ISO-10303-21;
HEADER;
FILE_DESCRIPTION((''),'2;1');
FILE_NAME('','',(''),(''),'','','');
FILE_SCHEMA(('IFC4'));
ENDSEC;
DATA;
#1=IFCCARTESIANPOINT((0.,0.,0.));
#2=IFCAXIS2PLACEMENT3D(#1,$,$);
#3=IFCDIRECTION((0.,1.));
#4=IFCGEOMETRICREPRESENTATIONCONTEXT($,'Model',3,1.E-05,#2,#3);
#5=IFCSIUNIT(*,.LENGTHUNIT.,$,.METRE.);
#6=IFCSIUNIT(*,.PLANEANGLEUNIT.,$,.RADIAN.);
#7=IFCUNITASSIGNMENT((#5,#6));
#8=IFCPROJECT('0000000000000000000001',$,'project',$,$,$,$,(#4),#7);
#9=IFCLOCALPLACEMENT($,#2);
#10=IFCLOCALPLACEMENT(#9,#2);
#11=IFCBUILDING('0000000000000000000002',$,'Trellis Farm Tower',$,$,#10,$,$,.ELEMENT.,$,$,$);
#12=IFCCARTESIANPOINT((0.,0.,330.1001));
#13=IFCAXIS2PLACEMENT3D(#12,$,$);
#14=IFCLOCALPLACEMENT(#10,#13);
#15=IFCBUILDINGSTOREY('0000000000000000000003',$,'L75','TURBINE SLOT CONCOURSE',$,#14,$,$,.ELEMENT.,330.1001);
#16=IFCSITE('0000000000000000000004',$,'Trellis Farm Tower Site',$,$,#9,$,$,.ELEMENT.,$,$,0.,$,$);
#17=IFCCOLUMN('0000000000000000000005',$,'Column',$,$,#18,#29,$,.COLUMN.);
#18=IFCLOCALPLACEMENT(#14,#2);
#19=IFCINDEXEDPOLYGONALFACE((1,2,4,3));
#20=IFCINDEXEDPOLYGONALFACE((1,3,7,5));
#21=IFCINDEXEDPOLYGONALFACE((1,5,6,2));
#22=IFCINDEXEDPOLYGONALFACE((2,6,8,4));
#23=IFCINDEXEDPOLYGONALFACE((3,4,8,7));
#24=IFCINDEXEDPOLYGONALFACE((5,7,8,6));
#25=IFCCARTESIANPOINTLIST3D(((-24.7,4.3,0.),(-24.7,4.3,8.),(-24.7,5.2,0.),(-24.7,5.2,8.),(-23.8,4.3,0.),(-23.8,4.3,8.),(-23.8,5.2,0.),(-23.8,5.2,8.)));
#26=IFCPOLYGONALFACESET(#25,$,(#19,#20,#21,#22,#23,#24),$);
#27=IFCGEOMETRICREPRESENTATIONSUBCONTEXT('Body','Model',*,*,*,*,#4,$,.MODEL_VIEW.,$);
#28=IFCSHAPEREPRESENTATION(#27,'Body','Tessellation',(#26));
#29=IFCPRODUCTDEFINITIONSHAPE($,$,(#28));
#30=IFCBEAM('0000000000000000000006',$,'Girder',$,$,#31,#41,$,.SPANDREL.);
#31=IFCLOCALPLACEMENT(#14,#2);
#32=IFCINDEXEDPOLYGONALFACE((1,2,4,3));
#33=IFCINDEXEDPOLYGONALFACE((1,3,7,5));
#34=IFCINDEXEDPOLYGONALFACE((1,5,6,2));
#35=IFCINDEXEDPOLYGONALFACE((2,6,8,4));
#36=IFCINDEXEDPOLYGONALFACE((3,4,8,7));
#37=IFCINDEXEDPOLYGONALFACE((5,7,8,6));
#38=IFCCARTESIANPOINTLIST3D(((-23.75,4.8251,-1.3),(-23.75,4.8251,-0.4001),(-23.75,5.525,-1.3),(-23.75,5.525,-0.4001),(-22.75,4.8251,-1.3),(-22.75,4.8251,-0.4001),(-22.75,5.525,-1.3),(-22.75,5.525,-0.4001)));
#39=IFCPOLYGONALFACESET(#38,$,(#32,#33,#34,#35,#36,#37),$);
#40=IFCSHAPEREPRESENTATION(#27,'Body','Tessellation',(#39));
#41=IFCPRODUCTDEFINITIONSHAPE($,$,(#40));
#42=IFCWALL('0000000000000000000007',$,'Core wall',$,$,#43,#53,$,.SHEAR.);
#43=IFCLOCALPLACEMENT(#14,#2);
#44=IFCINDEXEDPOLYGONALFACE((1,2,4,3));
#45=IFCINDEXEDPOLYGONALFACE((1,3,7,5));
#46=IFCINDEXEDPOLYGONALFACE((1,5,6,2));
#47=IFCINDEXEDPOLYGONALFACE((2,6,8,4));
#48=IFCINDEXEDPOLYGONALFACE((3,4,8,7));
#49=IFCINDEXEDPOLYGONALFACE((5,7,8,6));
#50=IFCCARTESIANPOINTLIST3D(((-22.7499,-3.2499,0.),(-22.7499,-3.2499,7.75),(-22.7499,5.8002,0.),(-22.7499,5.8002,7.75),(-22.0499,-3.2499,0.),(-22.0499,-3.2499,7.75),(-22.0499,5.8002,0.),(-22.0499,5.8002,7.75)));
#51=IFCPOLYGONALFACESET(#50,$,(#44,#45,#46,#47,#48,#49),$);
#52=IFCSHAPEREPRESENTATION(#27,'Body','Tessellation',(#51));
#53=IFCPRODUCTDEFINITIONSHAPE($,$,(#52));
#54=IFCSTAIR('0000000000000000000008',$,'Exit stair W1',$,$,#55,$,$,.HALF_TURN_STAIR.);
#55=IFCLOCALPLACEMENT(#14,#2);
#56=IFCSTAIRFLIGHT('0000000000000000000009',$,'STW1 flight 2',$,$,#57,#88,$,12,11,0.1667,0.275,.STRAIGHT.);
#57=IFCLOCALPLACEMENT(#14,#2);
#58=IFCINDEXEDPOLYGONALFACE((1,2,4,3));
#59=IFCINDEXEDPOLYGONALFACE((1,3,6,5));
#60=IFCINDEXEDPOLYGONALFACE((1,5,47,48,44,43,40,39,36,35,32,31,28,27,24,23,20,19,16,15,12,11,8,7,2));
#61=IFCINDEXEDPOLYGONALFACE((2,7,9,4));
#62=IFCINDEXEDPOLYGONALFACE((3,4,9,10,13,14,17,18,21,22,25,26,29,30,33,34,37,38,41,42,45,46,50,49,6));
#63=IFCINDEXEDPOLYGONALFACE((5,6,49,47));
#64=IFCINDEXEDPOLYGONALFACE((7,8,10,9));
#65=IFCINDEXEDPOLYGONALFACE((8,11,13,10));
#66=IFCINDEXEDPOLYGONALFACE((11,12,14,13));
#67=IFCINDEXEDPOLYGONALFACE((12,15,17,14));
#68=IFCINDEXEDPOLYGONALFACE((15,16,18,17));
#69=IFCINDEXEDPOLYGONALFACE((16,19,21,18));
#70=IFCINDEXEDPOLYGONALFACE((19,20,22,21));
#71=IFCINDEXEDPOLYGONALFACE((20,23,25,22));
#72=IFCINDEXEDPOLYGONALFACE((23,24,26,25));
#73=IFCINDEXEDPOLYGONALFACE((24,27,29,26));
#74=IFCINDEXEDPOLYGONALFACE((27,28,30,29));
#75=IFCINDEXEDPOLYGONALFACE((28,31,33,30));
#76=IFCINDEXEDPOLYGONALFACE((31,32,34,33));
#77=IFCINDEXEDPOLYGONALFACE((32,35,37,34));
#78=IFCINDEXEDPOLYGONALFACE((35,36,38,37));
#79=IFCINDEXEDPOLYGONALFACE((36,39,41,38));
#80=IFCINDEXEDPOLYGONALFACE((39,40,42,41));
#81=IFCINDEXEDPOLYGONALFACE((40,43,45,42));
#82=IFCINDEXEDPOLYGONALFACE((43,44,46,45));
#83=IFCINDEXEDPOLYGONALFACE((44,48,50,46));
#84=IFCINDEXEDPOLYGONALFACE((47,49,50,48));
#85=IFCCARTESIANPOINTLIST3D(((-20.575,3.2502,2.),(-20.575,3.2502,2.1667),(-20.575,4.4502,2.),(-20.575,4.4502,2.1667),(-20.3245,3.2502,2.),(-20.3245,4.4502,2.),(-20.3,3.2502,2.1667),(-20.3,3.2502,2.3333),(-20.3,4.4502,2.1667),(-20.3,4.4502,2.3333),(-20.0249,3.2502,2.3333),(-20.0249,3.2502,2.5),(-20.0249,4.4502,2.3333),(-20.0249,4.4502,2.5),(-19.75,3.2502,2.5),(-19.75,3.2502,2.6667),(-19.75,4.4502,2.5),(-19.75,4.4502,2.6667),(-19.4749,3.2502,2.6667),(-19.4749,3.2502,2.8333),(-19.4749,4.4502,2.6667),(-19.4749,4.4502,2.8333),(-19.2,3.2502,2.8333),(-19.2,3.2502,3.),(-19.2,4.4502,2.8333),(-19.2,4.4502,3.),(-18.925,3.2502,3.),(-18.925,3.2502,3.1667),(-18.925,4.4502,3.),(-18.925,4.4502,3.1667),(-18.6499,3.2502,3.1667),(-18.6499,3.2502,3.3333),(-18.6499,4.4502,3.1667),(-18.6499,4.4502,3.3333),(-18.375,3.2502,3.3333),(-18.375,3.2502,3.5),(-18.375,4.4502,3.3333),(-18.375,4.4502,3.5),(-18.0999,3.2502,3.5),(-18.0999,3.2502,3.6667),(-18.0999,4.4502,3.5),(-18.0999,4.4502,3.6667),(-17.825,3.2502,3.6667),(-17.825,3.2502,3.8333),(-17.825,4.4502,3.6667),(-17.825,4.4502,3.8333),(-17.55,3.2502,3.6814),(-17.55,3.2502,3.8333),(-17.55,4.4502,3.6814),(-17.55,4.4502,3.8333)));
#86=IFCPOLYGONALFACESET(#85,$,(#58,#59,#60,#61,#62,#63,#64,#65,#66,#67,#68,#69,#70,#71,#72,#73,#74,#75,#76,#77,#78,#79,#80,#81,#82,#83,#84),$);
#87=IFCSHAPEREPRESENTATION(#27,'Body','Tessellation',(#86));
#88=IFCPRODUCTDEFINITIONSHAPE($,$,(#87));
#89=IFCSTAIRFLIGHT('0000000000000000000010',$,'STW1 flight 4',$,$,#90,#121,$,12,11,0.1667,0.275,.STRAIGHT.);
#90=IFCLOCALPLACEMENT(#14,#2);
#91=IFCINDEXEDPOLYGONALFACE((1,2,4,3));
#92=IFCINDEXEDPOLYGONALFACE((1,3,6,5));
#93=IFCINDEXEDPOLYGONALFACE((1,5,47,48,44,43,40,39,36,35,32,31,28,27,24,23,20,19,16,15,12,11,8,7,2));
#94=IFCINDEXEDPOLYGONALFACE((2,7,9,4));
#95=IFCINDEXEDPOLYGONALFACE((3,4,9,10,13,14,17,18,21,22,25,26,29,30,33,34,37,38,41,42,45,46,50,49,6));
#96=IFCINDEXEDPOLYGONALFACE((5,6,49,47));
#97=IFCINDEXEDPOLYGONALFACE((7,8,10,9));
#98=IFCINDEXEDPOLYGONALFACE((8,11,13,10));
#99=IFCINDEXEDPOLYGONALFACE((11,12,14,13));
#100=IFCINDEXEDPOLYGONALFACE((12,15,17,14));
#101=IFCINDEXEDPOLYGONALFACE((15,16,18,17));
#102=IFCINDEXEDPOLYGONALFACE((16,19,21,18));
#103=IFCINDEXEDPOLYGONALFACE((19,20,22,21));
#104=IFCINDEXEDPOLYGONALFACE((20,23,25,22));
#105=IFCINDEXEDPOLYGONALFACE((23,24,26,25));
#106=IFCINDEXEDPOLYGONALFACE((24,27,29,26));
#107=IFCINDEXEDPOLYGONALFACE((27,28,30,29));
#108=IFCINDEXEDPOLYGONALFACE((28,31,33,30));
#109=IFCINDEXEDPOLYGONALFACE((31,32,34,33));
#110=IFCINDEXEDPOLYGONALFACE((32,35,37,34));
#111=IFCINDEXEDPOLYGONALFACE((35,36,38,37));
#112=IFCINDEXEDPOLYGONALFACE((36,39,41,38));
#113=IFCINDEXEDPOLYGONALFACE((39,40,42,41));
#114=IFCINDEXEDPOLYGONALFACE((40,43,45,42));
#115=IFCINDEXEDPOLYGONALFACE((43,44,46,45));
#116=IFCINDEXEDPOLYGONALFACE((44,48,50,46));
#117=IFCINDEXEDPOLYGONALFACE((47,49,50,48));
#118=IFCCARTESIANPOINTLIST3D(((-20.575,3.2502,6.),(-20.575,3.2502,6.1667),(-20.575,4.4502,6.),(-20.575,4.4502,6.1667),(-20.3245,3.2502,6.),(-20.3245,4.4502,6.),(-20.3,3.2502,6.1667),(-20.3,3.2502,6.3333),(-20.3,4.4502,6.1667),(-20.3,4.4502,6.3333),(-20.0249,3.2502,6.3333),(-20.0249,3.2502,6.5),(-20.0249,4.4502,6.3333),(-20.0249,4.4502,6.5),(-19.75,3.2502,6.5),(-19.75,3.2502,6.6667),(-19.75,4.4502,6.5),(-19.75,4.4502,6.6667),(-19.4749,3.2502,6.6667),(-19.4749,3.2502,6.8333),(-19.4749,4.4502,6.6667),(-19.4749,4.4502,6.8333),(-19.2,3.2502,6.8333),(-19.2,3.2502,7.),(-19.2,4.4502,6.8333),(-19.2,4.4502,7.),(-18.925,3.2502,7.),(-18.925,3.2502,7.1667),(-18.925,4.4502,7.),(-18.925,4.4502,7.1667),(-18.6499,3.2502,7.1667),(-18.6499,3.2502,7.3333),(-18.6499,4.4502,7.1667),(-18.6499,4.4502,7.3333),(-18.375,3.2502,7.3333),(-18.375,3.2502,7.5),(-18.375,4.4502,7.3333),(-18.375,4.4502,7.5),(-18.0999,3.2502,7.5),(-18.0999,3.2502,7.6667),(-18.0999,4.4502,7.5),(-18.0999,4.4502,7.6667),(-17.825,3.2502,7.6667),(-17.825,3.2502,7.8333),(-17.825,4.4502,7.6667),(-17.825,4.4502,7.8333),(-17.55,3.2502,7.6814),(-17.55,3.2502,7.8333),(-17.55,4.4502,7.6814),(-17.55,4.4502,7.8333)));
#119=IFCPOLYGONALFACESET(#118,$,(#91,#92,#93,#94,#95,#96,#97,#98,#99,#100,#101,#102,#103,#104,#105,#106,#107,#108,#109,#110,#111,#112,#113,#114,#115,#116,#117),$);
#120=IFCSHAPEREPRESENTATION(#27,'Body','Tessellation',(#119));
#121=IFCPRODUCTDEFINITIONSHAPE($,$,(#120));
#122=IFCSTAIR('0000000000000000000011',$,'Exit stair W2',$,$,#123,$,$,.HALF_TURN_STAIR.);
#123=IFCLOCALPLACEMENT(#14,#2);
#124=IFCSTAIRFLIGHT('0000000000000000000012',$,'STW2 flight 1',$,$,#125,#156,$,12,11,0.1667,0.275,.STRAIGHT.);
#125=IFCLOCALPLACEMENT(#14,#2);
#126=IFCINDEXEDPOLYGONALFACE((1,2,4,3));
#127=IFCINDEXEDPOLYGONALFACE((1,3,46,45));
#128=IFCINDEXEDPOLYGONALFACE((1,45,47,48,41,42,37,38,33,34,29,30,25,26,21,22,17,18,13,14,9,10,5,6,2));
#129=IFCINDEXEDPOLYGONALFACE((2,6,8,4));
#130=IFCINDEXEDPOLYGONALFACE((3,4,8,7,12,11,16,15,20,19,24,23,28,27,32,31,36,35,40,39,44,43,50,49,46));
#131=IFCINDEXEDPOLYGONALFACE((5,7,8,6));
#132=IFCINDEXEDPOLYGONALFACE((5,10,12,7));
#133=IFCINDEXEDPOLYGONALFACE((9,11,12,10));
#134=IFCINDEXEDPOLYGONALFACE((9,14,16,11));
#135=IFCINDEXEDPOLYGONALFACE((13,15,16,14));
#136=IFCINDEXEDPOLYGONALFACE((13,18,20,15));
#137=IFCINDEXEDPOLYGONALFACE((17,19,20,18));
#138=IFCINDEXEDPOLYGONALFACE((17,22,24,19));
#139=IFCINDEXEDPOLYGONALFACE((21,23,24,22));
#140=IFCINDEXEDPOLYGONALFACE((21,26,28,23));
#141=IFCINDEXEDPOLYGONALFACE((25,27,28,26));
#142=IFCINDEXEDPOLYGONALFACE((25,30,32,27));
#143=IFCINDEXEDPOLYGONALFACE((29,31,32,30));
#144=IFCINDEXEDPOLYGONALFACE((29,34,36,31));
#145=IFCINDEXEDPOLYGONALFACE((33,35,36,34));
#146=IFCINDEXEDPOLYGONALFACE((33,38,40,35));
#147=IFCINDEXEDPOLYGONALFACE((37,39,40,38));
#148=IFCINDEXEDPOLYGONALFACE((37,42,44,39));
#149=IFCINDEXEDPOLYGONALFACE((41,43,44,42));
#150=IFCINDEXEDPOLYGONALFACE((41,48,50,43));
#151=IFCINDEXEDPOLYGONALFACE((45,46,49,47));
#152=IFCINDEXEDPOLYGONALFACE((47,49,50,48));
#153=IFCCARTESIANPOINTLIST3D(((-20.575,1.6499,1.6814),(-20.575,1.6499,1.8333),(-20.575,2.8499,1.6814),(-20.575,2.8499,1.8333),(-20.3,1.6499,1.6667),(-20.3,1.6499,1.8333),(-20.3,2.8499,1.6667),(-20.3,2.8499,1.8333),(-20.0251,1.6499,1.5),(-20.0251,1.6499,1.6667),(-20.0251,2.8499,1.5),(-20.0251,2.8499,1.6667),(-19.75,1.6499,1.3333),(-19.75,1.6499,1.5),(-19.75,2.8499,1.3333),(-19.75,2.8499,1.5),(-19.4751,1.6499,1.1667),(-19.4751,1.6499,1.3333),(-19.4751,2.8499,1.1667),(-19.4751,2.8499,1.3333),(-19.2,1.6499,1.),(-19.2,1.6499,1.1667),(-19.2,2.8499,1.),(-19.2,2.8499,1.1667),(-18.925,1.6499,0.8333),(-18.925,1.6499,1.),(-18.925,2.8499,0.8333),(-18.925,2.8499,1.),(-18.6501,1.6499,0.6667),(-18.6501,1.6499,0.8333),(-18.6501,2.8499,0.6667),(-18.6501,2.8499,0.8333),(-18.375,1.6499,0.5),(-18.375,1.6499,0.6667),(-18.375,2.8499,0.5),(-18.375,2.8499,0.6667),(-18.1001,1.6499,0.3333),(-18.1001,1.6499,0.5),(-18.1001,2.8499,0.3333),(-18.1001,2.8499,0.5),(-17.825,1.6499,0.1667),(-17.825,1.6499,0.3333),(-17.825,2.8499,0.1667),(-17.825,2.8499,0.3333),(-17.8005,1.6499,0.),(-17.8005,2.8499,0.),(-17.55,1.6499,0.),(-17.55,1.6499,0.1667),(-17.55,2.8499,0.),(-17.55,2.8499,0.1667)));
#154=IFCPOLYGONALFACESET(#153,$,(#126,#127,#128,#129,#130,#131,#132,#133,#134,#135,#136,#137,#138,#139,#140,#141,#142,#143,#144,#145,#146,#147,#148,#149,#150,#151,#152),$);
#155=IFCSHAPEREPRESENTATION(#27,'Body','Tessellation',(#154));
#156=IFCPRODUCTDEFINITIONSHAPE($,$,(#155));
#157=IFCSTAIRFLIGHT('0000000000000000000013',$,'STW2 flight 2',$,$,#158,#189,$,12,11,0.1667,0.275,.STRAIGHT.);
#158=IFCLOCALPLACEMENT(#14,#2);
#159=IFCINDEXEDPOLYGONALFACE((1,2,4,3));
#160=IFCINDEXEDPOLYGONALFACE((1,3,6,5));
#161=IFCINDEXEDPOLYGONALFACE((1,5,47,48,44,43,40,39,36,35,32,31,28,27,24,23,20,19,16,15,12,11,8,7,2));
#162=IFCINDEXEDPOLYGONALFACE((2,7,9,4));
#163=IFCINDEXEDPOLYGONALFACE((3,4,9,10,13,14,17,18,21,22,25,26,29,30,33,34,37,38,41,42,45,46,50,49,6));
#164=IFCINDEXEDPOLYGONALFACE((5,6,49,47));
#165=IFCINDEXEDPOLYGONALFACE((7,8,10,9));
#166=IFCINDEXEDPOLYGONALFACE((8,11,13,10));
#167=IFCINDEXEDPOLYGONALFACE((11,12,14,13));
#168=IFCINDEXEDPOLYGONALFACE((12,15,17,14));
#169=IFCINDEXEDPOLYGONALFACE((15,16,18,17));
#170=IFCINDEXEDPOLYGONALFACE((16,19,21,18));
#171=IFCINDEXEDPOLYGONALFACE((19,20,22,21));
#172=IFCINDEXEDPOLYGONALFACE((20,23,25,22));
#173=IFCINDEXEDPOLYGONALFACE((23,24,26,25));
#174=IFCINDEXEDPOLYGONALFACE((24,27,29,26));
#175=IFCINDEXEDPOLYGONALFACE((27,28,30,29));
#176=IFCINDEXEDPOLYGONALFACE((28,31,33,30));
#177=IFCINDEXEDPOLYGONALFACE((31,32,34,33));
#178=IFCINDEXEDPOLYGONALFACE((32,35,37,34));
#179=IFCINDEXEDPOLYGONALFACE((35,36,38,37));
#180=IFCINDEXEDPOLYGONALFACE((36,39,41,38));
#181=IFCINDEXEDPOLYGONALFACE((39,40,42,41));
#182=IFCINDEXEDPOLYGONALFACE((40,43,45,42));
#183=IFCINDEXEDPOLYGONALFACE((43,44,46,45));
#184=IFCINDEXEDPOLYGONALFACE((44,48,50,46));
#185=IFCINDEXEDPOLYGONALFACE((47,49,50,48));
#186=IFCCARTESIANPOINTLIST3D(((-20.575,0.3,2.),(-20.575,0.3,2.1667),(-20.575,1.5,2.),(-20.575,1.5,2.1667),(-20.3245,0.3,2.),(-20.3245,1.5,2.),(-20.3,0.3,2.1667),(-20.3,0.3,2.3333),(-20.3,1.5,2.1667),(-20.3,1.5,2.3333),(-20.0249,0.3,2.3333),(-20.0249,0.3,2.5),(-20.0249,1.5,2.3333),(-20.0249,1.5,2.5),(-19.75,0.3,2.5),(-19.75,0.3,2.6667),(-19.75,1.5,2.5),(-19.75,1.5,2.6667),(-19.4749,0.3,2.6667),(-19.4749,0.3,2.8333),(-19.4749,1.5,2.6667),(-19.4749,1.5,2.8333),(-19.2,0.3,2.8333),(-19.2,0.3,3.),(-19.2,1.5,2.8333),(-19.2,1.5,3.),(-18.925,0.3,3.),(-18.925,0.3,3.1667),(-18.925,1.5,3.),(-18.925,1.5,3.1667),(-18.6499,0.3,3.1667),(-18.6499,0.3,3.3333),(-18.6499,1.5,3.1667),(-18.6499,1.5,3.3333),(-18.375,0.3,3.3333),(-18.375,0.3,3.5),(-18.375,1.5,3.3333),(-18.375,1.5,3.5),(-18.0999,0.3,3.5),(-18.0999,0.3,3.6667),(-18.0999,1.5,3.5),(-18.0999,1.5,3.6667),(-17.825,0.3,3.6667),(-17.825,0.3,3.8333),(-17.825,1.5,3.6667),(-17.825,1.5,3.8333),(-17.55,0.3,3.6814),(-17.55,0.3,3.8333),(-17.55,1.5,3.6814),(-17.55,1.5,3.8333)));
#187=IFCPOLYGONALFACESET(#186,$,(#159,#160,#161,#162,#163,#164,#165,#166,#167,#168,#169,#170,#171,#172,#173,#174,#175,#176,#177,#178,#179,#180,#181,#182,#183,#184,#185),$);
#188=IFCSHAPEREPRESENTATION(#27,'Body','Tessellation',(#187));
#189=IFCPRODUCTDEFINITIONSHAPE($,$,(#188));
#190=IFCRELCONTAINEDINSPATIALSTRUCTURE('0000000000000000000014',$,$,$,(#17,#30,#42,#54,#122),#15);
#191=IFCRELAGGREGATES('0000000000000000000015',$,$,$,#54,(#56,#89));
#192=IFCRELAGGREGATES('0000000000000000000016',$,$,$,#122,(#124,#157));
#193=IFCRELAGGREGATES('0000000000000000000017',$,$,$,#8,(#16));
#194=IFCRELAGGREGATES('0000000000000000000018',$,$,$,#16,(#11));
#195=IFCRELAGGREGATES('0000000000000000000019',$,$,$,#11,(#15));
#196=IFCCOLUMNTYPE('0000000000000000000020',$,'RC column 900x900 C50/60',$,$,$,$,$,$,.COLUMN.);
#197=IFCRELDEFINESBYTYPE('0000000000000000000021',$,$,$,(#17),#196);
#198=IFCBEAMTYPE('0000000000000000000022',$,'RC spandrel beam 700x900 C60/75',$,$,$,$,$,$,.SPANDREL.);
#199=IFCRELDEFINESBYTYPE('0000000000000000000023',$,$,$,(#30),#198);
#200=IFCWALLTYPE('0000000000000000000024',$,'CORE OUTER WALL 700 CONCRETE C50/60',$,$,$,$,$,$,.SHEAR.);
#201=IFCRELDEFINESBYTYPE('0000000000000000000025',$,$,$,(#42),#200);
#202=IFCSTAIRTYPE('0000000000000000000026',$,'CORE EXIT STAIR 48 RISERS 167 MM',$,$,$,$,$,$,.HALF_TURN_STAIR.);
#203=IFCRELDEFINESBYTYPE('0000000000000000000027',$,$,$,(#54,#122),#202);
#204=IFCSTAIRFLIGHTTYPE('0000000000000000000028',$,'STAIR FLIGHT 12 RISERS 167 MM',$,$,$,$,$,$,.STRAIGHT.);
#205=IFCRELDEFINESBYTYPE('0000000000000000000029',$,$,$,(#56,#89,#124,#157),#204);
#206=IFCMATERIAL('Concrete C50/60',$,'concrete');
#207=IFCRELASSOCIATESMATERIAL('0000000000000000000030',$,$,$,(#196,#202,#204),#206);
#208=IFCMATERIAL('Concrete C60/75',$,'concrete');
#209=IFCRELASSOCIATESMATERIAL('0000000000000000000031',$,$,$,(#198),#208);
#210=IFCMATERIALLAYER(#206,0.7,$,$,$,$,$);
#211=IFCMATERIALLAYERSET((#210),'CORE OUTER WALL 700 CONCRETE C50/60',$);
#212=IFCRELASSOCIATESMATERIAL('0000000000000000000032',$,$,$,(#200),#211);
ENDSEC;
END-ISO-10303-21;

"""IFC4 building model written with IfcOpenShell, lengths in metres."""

from ifc_helpers import new_model, si_unit, direction, frame, frame_2d, origin, origin_2d, place, context, subcontext, project, spatial, polyline, rectangle, outline, extrude, source, transform, mapped, material, layer, layer_set, material_profile, profile_set, type_object, element, aggregate, save


model = new_model("IFC4")

# Units and contexts
model_context = context("Model", 3, precision=1e-05, world=origin(), true_north=direction((0.0, 1.0)))
body_context = subcontext(model_context, "Body", "Model", "MODEL_VIEW")
ifc_project = project(units=[si_unit("LENGTHUNIT", "METRE"), si_unit("PLANEANGLEUNIT", "RADIAN")], contexts=[model_context])

# Site, building, storey
site_placement = place(None, origin())
site = spatial("IfcSite", under=ifc_project, at=site_placement, Name="Trellis Farm Tower Site", CompositionType="ELEMENT", RefElevation=0.0)
building_placement = place(site_placement, origin())
building = spatial("IfcBuilding", under=site, at=building_placement, Name="Trellis Farm Tower", CompositionType="ELEMENT")
storey_placement = place(building_placement, frame((0.0, 0.0, 330.1001)))
storey = spatial("IfcBuildingStorey", under=building, at=storey_placement, Name="L75", Description="TURBINE SLOT CONCOURSE", CompositionType="ELEMENT", Elevation=330.1001)

# Column
ifc_material_1 = material(Name="Concrete C50/60", Category="concrete")
ifc_material_profile_1 = material_profile(ifc_material_1, rectangle(XDim=0.8999, YDim=0.8999, at=origin_2d()), Name="RC column 900x900 C50/60")
ifc_profile_set_1 = profile_set([ifc_material_profile_1], Name="Concrete C50/60")
column_type = type_object("IfcColumnType", Name="RC column 900x900 C50/60", PredefinedType="COLUMN", material=ifc_profile_set_1)
shared_shape_1 = source(origin(), body_context, "Body", "SweptSolid", [
    extrude(rectangle(XDim=0.8999, YDim=0.8999, at=origin_2d()), origin(), (0.0, 0.0, 1.0), 8.0),
])
column_placement = place(storey_placement, frame((-24.25, 4.75, 0.0), z_axis=(0.0, 0.0, 1.0), x_axis=(1.0, 0.0, 0.0)))
element("IfcColumn", 1, at=column_placement, inside=storey, type_object=column_type, Name="Column", PredefinedType="COLUMN", context=body_context, shape_type="MappedRepresentation", body=[
    mapped(shared_shape_1, transform((0.0, 0.0, 0.0))),
])

# Beam
ifc_material_2 = material(Name="Concrete C60/75", Category="concrete")
ifc_material_profile_2 = material_profile(ifc_material_2, rectangle(XDim=0.7, YDim=0.8999, at=origin_2d()), Name="RC spandrel beam 700x900 C60/75")
ifc_profile_set_2 = profile_set([ifc_material_profile_2], Name="Concrete C60/75")
beam_type = type_object("IfcBeamType", Name="RC spandrel beam 700x900 C60/75", PredefinedType="SPANDREL", material=ifc_profile_set_2)
shared_shape_2 = source(origin(), body_context, "Body", "SweptSolid", [
    extrude(rectangle(XDim=0.7, YDim=0.8999, at=origin_2d()), origin(), (0.0, 0.0, 1.0), 1.0),
])
beam_placement = place(storey_placement, frame((-23.75, 5.175, -0.8501), z_axis=(1.0, 0.0, 0.0), x_axis=(0.0, 1.0, 0.0)))
element("IfcBeam", 2, at=beam_placement, inside=storey, type_object=beam_type, Name="Girder", PredefinedType="SPANDREL", context=body_context, shape_type="MappedRepresentation", body=[
    mapped(shared_shape_2, transform((0.0, 0.0, 0.0))),
])

# Wall
ifc_layer = layer(ifc_material_1, 0.7)
ifc_layer_set = layer_set([ifc_layer], Name="CORE OUTER WALL 700 CONCRETE C50/60")
wall_type = type_object("IfcWallType", Name="CORE OUTER WALL 700 CONCRETE C50/60", PredefinedType="SHEAR", material=ifc_layer_set)
shared_shape_3 = source(origin(), body_context, "Body", "SweptSolid", [
    extrude(rectangle(XDim=9.05, YDim=0.7, at=frame_2d((4.5249, 0.0))), origin(), (0.0, 0.0, 1.0), 7.75),
])
wall_placement = place(storey_placement, frame((-22.3999, 5.8, 0.0), z_axis=(0.0, 0.0, 1.0), x_axis=(0.0, -1.0, 0.0)))
element("IfcWall", 3, at=wall_placement, inside=storey, type_object=wall_type, Name="Core wall", PredefinedType="SHEAR", context=body_context, shape_type="MappedRepresentation", body=[
    mapped(shared_shape_3, transform((0.0, 0.0, 0.0))),
])

# Stairs, stair flights
stair_type = type_object("IfcStairType", Name="CORE EXIT STAIR 48 RISERS 167 MM", PredefinedType="HALF_TURN_STAIR", material=ifc_material_1)
placement = place(storey_placement, origin())
stair_1 = element("IfcStair", 4, at=placement, inside=storey, type_object=stair_type, Name="Exit stair W1", PredefinedType="HALF_TURN_STAIR")
stair_flight_type = type_object("IfcStairFlightType", Name="STAIR FLIGHT 12 RISERS 167 MM", PredefinedType="STRAIGHT", material=ifc_material_1)
shared_shape_4 = source(origin(), body_context, "Body", "SweptSolid", [
    extrude(outline(polyline([(0.0, 0.0), (0.0, 0.1667), (0.2749, 0.1667), (0.2749, 0.3333), (0.55, 0.3333), (0.55, 0.5), (0.825, 0.5), (0.825, 0.6667), (1.1001, 0.6667), (1.1001, 0.8333), (1.375, 0.8333), (1.375, 1.0), (1.6499, 1.0), (1.6499, 1.1667), (1.925, 1.1667), (1.925, 1.3333), (2.2, 1.3333), (2.2, 1.5), (2.4751, 1.5), (2.4751, 1.6667), (2.75, 1.6667), (2.75, 1.8333), (3.0249, 1.8333), (3.0249, 2.0), (3.0249, 1.6814), (0.2505, 0.0), (0.0, 0.0)])), frame((0.0, 0.6001, 0.0), z_axis=(0.0, -1.0, 0.0), x_axis=(1.0, 0.0, 0.0)), (0.0, 0.0, 1.0), 1.2),
])
stair_flight_1_placement = place(storey_placement, frame((-20.575, 3.8501, 2.0), z_axis=(0.0, 0.0, 1.0), x_axis=(1.0, 0.0, 0.0)))
stair_flight_1 = element("IfcStairFlight", 5, at=stair_flight_1_placement, type_object=stair_flight_type, Name="STW1 flight 2", NumberOfRisers=12, NumberOfTreads=11, PredefinedType="STRAIGHT", RiserHeight=0.1667, TreadLength=0.275, context=body_context, shape_type="MappedRepresentation", body=[
    mapped(shared_shape_4, transform((0.0, 0.0, 0.0))),
])
stair_flight_2_placement = place(storey_placement, frame((-20.575, 3.8501, 6.0), z_axis=(0.0, 0.0, 1.0), x_axis=(1.0, 0.0, 0.0)))
stair_flight_2 = element("IfcStairFlight", 6, at=stair_flight_2_placement, type_object=stair_flight_type, Name="STW1 flight 4", NumberOfRisers=12, NumberOfTreads=11, PredefinedType="STRAIGHT", RiserHeight=0.1667, TreadLength=0.275, context=body_context, shape_type="MappedRepresentation", body=[
    mapped(shared_shape_4, transform((0.0, 0.0, 0.0))),
])
aggregate(stair_1, [stair_flight_1, stair_flight_2])
stair_2 = element("IfcStair", 7, at=placement, inside=storey, type_object=stair_type, Name="Exit stair W2", PredefinedType="HALF_TURN_STAIR")
stair_flight_3_placement = place(storey_placement, frame((-17.55, 2.25, 0.0), z_axis=(0.0, 0.0, 1.0), x_axis=(-1.0, 0.0, 0.0)))
stair_flight_3 = element("IfcStairFlight", 8, at=stair_flight_3_placement, type_object=stair_flight_type, Name="STW2 flight 1", NumberOfRisers=12, NumberOfTreads=11, PredefinedType="STRAIGHT", RiserHeight=0.1667, TreadLength=0.275, context=body_context, shape_type="MappedRepresentation", body=[
    mapped(shared_shape_4, transform((0.0, 0.0, 0.0))),
])
stair_flight_4_placement = place(storey_placement, frame((-20.575, 0.8999, 2.0), z_axis=(0.0, 0.0, 1.0), x_axis=(1.0, 0.0, 0.0)))
stair_flight_4 = element("IfcStairFlight", 9, at=stair_flight_4_placement, type_object=stair_flight_type, Name="STW2 flight 2", NumberOfRisers=12, NumberOfTreads=11, PredefinedType="STRAIGHT", RiserHeight=0.1667, TreadLength=0.275, context=body_context, shape_type="MappedRepresentation", body=[
    mapped(shared_shape_4, transform((0.0, 0.0, 0.0))),
])
aggregate(stair_2, [stair_flight_3, stair_flight_4])

save(model, "model.ifc")
